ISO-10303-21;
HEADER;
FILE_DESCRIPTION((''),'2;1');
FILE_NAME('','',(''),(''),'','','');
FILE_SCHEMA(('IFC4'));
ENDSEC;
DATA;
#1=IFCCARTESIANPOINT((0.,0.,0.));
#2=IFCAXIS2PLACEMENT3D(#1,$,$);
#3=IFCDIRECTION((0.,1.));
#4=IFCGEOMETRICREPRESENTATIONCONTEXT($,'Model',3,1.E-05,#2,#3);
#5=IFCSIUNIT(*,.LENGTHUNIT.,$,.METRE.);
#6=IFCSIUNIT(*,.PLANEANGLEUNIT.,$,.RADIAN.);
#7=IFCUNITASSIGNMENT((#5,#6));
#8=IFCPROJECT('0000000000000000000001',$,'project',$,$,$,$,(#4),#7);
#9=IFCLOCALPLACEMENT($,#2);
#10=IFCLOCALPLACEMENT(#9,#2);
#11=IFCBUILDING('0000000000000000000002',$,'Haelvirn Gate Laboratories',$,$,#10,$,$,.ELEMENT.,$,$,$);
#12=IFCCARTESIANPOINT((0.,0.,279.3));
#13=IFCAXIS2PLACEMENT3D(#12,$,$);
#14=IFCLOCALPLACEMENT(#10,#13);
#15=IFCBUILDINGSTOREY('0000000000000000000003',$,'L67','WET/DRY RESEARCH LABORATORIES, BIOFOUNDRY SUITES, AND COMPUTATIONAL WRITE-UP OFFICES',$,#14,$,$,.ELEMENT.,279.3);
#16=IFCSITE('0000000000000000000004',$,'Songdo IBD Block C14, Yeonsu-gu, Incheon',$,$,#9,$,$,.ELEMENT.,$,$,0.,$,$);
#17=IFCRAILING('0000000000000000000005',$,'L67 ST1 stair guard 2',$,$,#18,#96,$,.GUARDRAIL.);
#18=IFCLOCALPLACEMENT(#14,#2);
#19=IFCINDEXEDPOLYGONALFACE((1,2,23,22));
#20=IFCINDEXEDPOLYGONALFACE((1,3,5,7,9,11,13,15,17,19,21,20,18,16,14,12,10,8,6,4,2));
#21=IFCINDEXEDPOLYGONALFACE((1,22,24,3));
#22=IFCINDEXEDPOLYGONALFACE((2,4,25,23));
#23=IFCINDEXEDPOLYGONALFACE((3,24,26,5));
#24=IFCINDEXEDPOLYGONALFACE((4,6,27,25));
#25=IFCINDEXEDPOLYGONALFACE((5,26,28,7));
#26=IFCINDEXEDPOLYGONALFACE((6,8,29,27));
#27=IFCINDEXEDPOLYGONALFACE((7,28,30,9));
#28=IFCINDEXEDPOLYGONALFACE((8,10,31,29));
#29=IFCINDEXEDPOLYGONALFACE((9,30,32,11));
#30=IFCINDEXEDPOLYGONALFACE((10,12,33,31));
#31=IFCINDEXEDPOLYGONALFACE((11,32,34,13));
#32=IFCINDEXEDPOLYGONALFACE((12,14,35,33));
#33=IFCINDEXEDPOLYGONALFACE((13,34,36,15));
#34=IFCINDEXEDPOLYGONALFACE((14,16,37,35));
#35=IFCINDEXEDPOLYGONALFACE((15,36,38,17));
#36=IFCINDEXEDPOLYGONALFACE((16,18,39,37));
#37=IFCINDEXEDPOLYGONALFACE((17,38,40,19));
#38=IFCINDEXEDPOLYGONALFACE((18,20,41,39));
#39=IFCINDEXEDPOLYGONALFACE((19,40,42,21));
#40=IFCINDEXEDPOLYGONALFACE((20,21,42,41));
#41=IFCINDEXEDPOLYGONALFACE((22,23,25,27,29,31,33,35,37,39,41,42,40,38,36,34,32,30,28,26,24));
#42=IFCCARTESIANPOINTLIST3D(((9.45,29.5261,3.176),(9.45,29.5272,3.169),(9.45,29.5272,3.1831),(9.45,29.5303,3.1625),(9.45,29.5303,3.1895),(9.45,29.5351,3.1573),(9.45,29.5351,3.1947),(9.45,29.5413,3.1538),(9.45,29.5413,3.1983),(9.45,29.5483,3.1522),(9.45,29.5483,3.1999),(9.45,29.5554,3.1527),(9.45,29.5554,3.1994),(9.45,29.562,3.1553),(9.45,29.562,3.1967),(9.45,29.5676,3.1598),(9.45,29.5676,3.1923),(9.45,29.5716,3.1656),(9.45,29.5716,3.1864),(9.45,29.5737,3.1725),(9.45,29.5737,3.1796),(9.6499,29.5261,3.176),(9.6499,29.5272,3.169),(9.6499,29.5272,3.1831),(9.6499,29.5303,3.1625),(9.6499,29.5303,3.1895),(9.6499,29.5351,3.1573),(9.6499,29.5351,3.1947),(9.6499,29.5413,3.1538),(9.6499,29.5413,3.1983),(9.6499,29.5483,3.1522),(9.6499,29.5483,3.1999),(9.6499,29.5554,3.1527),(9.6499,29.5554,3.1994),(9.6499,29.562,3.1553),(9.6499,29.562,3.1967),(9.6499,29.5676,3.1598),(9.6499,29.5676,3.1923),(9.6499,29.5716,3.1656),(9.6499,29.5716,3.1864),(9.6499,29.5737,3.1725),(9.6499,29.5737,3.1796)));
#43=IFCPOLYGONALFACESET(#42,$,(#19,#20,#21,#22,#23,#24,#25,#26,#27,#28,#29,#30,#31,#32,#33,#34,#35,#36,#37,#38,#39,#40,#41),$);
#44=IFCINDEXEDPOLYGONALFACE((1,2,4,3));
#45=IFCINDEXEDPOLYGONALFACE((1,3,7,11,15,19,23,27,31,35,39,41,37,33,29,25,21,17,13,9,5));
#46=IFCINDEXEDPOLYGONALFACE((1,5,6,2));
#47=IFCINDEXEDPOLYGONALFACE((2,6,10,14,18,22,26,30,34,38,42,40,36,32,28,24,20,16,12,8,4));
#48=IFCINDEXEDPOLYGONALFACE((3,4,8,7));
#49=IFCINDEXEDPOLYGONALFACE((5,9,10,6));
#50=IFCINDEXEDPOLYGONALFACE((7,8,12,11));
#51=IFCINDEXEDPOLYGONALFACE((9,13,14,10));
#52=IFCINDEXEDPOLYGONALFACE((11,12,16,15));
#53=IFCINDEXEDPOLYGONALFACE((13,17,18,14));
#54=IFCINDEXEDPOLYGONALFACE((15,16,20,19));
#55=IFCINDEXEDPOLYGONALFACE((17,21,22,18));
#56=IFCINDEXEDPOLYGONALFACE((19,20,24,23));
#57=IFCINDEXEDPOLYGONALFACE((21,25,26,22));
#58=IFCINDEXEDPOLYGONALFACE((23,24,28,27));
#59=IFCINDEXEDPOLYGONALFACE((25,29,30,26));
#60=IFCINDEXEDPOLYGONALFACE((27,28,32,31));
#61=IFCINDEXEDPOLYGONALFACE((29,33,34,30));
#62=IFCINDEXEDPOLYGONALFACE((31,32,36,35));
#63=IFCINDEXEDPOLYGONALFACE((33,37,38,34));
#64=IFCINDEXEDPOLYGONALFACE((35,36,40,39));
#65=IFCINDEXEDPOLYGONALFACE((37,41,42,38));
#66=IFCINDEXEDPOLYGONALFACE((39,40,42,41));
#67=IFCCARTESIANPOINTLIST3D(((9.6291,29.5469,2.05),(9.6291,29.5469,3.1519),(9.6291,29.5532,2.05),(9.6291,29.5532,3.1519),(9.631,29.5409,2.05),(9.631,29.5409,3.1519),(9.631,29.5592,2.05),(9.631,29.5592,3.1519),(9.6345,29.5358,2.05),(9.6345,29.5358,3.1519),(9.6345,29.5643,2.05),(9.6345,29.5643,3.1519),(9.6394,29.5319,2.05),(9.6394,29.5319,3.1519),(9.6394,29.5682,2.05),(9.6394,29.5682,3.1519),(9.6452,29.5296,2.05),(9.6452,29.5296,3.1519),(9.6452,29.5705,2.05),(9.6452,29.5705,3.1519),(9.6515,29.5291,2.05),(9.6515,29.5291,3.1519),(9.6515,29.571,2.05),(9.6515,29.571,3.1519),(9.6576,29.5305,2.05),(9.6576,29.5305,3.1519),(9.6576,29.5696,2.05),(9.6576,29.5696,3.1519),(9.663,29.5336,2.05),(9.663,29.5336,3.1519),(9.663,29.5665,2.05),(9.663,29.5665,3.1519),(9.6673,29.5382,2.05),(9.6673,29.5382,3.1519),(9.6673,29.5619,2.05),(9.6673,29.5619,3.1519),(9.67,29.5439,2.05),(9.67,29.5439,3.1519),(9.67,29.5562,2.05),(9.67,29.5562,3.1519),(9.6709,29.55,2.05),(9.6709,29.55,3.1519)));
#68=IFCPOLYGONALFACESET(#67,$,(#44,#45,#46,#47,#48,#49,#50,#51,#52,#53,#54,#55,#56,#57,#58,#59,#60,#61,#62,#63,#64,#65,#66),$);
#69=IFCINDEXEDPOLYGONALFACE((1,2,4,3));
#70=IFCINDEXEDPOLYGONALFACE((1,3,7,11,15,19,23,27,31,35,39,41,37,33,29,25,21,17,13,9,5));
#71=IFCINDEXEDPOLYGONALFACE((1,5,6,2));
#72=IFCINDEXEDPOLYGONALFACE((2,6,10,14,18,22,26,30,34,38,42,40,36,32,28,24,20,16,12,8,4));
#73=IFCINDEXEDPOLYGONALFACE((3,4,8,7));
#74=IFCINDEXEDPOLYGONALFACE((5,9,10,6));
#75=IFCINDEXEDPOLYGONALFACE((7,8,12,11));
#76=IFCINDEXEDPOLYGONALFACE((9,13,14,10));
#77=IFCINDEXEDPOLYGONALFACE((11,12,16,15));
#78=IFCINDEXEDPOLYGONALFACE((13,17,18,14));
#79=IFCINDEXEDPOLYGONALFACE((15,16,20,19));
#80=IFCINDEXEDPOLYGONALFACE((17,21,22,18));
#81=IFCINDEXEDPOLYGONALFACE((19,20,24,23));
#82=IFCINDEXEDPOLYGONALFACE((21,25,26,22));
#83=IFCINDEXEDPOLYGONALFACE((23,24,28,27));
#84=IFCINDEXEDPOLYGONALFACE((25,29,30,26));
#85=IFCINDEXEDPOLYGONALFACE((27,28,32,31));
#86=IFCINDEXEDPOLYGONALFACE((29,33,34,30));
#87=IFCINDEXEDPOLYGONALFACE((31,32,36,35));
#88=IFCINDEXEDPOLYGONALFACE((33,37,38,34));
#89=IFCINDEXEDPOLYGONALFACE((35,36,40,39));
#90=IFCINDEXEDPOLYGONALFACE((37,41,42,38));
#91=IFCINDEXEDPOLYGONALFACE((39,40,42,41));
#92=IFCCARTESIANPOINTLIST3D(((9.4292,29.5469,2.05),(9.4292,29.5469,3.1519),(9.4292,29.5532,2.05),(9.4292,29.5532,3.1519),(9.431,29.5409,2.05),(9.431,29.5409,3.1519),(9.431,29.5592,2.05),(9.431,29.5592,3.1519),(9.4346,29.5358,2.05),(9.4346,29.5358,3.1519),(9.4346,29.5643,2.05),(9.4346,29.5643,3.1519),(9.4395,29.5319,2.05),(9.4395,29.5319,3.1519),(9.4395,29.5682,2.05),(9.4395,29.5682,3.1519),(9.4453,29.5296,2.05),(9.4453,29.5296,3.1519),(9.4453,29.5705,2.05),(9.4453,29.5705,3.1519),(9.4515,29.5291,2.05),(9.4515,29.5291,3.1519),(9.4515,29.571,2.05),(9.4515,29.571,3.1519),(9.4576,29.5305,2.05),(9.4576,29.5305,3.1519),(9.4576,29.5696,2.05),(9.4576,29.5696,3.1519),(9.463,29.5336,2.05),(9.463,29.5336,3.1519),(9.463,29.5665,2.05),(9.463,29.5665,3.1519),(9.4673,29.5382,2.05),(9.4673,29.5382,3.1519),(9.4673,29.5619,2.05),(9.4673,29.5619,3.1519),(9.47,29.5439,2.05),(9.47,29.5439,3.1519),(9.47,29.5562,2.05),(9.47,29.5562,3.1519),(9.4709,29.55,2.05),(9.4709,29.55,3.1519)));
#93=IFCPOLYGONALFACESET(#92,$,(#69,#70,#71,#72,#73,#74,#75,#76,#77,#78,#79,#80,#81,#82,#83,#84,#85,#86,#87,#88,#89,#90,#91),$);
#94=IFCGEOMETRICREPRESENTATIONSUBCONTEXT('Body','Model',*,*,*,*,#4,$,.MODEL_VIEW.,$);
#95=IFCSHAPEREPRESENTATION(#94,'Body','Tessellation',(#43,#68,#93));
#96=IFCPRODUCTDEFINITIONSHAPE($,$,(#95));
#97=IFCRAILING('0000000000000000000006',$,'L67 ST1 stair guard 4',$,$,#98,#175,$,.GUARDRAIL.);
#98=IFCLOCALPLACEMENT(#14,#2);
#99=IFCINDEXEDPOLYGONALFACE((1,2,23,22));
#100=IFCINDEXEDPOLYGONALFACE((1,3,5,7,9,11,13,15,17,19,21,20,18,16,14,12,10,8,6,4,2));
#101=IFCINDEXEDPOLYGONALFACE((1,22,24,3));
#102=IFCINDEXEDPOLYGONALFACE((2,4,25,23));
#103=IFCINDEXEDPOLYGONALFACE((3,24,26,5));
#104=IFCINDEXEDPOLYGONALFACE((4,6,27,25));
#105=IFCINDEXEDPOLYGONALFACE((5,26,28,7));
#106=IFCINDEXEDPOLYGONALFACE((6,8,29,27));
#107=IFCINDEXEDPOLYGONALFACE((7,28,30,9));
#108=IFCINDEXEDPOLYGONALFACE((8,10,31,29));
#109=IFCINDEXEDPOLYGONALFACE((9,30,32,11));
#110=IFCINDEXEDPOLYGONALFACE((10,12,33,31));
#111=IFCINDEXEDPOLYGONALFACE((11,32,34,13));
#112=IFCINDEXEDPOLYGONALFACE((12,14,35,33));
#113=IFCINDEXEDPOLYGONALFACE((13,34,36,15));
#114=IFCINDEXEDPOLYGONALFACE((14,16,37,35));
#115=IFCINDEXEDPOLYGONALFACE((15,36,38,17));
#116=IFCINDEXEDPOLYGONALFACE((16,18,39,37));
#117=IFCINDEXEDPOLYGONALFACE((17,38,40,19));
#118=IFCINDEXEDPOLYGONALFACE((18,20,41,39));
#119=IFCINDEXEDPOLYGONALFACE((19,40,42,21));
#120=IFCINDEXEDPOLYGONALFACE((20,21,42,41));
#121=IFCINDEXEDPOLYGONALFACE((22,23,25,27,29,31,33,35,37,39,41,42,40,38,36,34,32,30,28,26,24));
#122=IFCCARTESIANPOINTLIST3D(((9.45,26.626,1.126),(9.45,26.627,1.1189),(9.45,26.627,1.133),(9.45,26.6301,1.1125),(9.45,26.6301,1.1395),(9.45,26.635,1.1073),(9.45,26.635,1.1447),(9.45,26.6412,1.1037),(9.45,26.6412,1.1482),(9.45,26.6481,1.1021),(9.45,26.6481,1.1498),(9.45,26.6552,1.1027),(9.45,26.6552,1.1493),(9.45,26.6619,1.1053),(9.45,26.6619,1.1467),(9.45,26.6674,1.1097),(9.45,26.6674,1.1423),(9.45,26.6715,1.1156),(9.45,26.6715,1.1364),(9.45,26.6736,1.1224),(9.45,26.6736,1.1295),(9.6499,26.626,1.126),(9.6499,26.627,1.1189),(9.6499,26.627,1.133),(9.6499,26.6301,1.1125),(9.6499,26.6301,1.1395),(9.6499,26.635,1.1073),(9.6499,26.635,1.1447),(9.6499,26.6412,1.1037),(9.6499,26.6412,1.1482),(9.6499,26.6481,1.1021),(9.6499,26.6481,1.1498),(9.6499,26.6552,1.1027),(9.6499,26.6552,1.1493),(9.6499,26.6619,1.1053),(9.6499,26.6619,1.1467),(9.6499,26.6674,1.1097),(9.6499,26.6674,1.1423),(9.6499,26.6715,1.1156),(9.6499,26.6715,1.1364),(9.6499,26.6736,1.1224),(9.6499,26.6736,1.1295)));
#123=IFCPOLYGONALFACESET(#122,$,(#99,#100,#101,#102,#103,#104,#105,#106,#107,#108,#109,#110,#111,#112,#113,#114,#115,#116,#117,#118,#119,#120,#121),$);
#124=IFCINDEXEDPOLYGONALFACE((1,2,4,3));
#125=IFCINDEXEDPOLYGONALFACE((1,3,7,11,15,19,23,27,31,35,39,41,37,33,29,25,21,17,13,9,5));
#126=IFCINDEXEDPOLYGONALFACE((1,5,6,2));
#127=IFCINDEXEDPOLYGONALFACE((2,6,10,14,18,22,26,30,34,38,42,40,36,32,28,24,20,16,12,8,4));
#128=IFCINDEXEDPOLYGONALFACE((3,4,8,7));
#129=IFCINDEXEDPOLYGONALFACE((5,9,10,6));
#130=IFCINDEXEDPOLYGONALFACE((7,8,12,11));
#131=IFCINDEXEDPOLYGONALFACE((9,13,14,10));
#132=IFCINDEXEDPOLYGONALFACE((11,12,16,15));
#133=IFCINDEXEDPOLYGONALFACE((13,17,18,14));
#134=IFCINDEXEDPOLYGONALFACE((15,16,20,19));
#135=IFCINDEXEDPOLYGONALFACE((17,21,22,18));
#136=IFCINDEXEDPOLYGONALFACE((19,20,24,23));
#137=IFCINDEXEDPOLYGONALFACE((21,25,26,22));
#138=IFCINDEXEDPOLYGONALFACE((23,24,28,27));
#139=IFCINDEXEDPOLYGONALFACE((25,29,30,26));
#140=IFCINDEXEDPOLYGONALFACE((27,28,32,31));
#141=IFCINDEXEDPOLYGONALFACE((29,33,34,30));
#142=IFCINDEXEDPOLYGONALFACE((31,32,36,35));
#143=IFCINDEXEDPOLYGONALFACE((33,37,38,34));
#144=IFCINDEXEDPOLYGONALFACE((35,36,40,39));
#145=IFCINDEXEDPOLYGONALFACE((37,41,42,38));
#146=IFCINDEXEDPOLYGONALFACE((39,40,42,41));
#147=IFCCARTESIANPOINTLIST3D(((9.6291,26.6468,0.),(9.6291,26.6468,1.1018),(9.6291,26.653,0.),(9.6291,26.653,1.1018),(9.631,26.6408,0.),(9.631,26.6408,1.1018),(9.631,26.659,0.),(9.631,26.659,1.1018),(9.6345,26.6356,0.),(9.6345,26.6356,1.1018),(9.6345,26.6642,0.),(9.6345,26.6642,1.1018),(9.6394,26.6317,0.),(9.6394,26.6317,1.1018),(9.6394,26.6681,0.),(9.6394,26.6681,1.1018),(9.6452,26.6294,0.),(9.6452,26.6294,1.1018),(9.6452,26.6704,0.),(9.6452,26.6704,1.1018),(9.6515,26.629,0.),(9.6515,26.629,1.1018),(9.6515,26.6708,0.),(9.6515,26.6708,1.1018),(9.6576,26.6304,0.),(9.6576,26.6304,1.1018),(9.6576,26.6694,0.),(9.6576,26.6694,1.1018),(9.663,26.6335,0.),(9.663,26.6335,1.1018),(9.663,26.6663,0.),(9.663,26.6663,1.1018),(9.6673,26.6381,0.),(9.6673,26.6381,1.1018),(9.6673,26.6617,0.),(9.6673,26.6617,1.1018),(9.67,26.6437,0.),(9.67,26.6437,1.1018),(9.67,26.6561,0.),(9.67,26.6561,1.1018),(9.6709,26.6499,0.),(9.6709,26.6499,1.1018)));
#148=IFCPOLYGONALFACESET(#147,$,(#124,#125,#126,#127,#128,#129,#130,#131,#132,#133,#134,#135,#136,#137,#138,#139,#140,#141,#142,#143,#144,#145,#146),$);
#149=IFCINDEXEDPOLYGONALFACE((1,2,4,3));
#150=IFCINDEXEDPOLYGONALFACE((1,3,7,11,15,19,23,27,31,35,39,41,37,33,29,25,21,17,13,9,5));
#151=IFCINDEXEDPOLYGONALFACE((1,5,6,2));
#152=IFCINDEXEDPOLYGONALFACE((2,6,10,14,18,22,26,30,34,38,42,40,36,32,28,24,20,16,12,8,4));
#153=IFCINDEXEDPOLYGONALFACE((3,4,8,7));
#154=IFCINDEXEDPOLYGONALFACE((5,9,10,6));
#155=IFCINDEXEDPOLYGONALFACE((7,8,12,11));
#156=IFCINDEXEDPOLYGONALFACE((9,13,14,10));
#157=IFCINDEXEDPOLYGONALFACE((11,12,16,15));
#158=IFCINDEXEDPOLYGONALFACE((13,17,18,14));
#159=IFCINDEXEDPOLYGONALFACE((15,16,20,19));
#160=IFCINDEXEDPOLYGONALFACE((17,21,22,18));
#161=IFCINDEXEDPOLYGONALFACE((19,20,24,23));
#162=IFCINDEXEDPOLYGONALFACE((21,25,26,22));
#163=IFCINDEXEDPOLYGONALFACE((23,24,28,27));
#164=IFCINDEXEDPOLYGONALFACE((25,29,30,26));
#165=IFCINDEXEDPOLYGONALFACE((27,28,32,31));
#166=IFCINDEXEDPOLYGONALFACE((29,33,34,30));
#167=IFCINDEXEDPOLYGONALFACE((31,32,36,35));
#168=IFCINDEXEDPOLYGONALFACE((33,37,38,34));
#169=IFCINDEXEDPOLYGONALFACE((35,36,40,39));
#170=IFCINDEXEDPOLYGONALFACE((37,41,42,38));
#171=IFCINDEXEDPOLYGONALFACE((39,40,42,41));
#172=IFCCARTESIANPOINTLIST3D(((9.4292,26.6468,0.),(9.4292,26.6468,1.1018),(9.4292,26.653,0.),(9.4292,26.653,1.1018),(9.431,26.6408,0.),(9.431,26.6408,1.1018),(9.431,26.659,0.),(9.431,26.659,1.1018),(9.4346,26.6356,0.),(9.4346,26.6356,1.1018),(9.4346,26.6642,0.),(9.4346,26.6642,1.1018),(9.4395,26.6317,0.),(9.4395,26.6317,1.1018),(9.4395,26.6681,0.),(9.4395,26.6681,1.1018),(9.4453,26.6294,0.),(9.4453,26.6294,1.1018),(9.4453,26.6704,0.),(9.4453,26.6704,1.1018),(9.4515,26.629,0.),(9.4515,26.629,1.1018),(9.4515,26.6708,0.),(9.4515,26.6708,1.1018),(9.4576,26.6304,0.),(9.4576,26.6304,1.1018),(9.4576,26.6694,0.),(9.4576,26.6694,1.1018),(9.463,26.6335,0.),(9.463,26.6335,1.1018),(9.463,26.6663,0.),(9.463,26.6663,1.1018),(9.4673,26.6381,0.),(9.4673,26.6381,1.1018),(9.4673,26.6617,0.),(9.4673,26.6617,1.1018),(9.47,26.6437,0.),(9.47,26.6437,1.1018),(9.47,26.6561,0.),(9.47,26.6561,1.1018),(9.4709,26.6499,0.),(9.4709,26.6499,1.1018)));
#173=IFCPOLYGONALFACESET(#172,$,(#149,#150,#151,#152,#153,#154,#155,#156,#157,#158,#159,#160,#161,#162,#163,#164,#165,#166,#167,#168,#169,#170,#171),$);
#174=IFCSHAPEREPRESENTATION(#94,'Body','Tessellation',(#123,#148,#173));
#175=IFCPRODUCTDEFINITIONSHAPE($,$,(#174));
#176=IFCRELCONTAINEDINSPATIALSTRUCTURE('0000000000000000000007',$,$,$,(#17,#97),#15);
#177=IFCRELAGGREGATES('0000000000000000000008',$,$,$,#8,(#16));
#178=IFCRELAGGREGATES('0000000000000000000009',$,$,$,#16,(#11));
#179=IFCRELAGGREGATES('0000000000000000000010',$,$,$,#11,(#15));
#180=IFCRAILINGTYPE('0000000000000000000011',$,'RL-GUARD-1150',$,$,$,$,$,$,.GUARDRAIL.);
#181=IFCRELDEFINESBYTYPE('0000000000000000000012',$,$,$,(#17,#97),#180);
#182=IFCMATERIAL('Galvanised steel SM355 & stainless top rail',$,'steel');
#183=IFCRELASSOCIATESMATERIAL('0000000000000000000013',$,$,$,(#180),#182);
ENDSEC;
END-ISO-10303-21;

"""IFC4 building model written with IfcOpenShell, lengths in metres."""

from ifc_helpers import new_model, si_unit, direction, frame, origin, origin_2d, place, context, subcontext, project, spatial, circle, extrude, source, transform, mapped, material, type_object, element, save


model = new_model("IFC4")

# Units and contexts
model_context = context("Model", 3, precision=1e-05, world=origin(), true_north=direction((0.0, 1.0)))
body_context = subcontext(model_context, "Body", "Model", "MODEL_VIEW")
ifc_project = project(units=[si_unit("LENGTHUNIT", "METRE"), si_unit("PLANEANGLEUNIT", "RADIAN")], contexts=[model_context])

# Site, building, storey
site_placement = place(None, origin())
site = spatial("IfcSite", under=ifc_project, at=site_placement, Name="Songdo IBD Block C14, Yeonsu-gu, Incheon", CompositionType="ELEMENT", RefElevation=0.0)
building_placement = place(site_placement, origin())
building = spatial("IfcBuilding", under=site, at=building_placement, Name="Haelvirn Gate Laboratories", CompositionType="ELEMENT")
storey_placement = place(building_placement, frame((0.0, 0.0, 279.3)))
storey = spatial("IfcBuildingStorey", under=building, at=storey_placement, Name="L67", Description="WET/DRY RESEARCH LABORATORIES, BIOFOUNDRY SUITES, AND COMPUTATIONAL WRITE-UP OFFICES", CompositionType="ELEMENT", Elevation=279.3)

# Railings
ifc_material_1 = material(Name="Galvanised steel SM355 & stainless top rail", Category="steel")
railing_type_1 = type_object("IfcRailingType", Name="RL-GUARD-1150", PredefinedType="GUARDRAIL", material=ifc_material_1)
shared_shape_1 = source(origin(), body_context, "Body", "SweptSolid", [
    extrude(circle(Radius=0.0239, at=origin_2d()), frame((0.0, 0.0, 1.126), z_axis=(-1.0, 0.0, 0.0), x_axis=(0.0, -1.0, 0.0)), (0.0, 0.0, 1.0), 0.2),
    extrude(circle(Radius=0.021, at=origin_2d()), origin(), (0.0, 0.0, 1.0), 1.1018),
    extrude(circle(Radius=0.021, at=origin_2d()), frame((-0.2, 0.0, 0.0)), (0.0, 0.0, 1.0), 1.1018),
])
for number, where, name in (
    (1, (9.6499, 29.55, 2.05), "L67 ST1 stair guard 2"),
    (2, (9.6499, 26.6499, 0.0), "L67 ST1 stair guard 4"),
):
    element("IfcRailing", number, at=place(storey_placement, frame(where)), inside=storey, type_object=railing_type_1, Name=name, PredefinedType="GUARDRAIL", context=body_context, shape_type="MappedRepresentation", body=[
        mapped(shared_shape_1, transform((0.0, 0.0, 0.0), scale=1.0)),
    ])

save(model, "model.ifc")
